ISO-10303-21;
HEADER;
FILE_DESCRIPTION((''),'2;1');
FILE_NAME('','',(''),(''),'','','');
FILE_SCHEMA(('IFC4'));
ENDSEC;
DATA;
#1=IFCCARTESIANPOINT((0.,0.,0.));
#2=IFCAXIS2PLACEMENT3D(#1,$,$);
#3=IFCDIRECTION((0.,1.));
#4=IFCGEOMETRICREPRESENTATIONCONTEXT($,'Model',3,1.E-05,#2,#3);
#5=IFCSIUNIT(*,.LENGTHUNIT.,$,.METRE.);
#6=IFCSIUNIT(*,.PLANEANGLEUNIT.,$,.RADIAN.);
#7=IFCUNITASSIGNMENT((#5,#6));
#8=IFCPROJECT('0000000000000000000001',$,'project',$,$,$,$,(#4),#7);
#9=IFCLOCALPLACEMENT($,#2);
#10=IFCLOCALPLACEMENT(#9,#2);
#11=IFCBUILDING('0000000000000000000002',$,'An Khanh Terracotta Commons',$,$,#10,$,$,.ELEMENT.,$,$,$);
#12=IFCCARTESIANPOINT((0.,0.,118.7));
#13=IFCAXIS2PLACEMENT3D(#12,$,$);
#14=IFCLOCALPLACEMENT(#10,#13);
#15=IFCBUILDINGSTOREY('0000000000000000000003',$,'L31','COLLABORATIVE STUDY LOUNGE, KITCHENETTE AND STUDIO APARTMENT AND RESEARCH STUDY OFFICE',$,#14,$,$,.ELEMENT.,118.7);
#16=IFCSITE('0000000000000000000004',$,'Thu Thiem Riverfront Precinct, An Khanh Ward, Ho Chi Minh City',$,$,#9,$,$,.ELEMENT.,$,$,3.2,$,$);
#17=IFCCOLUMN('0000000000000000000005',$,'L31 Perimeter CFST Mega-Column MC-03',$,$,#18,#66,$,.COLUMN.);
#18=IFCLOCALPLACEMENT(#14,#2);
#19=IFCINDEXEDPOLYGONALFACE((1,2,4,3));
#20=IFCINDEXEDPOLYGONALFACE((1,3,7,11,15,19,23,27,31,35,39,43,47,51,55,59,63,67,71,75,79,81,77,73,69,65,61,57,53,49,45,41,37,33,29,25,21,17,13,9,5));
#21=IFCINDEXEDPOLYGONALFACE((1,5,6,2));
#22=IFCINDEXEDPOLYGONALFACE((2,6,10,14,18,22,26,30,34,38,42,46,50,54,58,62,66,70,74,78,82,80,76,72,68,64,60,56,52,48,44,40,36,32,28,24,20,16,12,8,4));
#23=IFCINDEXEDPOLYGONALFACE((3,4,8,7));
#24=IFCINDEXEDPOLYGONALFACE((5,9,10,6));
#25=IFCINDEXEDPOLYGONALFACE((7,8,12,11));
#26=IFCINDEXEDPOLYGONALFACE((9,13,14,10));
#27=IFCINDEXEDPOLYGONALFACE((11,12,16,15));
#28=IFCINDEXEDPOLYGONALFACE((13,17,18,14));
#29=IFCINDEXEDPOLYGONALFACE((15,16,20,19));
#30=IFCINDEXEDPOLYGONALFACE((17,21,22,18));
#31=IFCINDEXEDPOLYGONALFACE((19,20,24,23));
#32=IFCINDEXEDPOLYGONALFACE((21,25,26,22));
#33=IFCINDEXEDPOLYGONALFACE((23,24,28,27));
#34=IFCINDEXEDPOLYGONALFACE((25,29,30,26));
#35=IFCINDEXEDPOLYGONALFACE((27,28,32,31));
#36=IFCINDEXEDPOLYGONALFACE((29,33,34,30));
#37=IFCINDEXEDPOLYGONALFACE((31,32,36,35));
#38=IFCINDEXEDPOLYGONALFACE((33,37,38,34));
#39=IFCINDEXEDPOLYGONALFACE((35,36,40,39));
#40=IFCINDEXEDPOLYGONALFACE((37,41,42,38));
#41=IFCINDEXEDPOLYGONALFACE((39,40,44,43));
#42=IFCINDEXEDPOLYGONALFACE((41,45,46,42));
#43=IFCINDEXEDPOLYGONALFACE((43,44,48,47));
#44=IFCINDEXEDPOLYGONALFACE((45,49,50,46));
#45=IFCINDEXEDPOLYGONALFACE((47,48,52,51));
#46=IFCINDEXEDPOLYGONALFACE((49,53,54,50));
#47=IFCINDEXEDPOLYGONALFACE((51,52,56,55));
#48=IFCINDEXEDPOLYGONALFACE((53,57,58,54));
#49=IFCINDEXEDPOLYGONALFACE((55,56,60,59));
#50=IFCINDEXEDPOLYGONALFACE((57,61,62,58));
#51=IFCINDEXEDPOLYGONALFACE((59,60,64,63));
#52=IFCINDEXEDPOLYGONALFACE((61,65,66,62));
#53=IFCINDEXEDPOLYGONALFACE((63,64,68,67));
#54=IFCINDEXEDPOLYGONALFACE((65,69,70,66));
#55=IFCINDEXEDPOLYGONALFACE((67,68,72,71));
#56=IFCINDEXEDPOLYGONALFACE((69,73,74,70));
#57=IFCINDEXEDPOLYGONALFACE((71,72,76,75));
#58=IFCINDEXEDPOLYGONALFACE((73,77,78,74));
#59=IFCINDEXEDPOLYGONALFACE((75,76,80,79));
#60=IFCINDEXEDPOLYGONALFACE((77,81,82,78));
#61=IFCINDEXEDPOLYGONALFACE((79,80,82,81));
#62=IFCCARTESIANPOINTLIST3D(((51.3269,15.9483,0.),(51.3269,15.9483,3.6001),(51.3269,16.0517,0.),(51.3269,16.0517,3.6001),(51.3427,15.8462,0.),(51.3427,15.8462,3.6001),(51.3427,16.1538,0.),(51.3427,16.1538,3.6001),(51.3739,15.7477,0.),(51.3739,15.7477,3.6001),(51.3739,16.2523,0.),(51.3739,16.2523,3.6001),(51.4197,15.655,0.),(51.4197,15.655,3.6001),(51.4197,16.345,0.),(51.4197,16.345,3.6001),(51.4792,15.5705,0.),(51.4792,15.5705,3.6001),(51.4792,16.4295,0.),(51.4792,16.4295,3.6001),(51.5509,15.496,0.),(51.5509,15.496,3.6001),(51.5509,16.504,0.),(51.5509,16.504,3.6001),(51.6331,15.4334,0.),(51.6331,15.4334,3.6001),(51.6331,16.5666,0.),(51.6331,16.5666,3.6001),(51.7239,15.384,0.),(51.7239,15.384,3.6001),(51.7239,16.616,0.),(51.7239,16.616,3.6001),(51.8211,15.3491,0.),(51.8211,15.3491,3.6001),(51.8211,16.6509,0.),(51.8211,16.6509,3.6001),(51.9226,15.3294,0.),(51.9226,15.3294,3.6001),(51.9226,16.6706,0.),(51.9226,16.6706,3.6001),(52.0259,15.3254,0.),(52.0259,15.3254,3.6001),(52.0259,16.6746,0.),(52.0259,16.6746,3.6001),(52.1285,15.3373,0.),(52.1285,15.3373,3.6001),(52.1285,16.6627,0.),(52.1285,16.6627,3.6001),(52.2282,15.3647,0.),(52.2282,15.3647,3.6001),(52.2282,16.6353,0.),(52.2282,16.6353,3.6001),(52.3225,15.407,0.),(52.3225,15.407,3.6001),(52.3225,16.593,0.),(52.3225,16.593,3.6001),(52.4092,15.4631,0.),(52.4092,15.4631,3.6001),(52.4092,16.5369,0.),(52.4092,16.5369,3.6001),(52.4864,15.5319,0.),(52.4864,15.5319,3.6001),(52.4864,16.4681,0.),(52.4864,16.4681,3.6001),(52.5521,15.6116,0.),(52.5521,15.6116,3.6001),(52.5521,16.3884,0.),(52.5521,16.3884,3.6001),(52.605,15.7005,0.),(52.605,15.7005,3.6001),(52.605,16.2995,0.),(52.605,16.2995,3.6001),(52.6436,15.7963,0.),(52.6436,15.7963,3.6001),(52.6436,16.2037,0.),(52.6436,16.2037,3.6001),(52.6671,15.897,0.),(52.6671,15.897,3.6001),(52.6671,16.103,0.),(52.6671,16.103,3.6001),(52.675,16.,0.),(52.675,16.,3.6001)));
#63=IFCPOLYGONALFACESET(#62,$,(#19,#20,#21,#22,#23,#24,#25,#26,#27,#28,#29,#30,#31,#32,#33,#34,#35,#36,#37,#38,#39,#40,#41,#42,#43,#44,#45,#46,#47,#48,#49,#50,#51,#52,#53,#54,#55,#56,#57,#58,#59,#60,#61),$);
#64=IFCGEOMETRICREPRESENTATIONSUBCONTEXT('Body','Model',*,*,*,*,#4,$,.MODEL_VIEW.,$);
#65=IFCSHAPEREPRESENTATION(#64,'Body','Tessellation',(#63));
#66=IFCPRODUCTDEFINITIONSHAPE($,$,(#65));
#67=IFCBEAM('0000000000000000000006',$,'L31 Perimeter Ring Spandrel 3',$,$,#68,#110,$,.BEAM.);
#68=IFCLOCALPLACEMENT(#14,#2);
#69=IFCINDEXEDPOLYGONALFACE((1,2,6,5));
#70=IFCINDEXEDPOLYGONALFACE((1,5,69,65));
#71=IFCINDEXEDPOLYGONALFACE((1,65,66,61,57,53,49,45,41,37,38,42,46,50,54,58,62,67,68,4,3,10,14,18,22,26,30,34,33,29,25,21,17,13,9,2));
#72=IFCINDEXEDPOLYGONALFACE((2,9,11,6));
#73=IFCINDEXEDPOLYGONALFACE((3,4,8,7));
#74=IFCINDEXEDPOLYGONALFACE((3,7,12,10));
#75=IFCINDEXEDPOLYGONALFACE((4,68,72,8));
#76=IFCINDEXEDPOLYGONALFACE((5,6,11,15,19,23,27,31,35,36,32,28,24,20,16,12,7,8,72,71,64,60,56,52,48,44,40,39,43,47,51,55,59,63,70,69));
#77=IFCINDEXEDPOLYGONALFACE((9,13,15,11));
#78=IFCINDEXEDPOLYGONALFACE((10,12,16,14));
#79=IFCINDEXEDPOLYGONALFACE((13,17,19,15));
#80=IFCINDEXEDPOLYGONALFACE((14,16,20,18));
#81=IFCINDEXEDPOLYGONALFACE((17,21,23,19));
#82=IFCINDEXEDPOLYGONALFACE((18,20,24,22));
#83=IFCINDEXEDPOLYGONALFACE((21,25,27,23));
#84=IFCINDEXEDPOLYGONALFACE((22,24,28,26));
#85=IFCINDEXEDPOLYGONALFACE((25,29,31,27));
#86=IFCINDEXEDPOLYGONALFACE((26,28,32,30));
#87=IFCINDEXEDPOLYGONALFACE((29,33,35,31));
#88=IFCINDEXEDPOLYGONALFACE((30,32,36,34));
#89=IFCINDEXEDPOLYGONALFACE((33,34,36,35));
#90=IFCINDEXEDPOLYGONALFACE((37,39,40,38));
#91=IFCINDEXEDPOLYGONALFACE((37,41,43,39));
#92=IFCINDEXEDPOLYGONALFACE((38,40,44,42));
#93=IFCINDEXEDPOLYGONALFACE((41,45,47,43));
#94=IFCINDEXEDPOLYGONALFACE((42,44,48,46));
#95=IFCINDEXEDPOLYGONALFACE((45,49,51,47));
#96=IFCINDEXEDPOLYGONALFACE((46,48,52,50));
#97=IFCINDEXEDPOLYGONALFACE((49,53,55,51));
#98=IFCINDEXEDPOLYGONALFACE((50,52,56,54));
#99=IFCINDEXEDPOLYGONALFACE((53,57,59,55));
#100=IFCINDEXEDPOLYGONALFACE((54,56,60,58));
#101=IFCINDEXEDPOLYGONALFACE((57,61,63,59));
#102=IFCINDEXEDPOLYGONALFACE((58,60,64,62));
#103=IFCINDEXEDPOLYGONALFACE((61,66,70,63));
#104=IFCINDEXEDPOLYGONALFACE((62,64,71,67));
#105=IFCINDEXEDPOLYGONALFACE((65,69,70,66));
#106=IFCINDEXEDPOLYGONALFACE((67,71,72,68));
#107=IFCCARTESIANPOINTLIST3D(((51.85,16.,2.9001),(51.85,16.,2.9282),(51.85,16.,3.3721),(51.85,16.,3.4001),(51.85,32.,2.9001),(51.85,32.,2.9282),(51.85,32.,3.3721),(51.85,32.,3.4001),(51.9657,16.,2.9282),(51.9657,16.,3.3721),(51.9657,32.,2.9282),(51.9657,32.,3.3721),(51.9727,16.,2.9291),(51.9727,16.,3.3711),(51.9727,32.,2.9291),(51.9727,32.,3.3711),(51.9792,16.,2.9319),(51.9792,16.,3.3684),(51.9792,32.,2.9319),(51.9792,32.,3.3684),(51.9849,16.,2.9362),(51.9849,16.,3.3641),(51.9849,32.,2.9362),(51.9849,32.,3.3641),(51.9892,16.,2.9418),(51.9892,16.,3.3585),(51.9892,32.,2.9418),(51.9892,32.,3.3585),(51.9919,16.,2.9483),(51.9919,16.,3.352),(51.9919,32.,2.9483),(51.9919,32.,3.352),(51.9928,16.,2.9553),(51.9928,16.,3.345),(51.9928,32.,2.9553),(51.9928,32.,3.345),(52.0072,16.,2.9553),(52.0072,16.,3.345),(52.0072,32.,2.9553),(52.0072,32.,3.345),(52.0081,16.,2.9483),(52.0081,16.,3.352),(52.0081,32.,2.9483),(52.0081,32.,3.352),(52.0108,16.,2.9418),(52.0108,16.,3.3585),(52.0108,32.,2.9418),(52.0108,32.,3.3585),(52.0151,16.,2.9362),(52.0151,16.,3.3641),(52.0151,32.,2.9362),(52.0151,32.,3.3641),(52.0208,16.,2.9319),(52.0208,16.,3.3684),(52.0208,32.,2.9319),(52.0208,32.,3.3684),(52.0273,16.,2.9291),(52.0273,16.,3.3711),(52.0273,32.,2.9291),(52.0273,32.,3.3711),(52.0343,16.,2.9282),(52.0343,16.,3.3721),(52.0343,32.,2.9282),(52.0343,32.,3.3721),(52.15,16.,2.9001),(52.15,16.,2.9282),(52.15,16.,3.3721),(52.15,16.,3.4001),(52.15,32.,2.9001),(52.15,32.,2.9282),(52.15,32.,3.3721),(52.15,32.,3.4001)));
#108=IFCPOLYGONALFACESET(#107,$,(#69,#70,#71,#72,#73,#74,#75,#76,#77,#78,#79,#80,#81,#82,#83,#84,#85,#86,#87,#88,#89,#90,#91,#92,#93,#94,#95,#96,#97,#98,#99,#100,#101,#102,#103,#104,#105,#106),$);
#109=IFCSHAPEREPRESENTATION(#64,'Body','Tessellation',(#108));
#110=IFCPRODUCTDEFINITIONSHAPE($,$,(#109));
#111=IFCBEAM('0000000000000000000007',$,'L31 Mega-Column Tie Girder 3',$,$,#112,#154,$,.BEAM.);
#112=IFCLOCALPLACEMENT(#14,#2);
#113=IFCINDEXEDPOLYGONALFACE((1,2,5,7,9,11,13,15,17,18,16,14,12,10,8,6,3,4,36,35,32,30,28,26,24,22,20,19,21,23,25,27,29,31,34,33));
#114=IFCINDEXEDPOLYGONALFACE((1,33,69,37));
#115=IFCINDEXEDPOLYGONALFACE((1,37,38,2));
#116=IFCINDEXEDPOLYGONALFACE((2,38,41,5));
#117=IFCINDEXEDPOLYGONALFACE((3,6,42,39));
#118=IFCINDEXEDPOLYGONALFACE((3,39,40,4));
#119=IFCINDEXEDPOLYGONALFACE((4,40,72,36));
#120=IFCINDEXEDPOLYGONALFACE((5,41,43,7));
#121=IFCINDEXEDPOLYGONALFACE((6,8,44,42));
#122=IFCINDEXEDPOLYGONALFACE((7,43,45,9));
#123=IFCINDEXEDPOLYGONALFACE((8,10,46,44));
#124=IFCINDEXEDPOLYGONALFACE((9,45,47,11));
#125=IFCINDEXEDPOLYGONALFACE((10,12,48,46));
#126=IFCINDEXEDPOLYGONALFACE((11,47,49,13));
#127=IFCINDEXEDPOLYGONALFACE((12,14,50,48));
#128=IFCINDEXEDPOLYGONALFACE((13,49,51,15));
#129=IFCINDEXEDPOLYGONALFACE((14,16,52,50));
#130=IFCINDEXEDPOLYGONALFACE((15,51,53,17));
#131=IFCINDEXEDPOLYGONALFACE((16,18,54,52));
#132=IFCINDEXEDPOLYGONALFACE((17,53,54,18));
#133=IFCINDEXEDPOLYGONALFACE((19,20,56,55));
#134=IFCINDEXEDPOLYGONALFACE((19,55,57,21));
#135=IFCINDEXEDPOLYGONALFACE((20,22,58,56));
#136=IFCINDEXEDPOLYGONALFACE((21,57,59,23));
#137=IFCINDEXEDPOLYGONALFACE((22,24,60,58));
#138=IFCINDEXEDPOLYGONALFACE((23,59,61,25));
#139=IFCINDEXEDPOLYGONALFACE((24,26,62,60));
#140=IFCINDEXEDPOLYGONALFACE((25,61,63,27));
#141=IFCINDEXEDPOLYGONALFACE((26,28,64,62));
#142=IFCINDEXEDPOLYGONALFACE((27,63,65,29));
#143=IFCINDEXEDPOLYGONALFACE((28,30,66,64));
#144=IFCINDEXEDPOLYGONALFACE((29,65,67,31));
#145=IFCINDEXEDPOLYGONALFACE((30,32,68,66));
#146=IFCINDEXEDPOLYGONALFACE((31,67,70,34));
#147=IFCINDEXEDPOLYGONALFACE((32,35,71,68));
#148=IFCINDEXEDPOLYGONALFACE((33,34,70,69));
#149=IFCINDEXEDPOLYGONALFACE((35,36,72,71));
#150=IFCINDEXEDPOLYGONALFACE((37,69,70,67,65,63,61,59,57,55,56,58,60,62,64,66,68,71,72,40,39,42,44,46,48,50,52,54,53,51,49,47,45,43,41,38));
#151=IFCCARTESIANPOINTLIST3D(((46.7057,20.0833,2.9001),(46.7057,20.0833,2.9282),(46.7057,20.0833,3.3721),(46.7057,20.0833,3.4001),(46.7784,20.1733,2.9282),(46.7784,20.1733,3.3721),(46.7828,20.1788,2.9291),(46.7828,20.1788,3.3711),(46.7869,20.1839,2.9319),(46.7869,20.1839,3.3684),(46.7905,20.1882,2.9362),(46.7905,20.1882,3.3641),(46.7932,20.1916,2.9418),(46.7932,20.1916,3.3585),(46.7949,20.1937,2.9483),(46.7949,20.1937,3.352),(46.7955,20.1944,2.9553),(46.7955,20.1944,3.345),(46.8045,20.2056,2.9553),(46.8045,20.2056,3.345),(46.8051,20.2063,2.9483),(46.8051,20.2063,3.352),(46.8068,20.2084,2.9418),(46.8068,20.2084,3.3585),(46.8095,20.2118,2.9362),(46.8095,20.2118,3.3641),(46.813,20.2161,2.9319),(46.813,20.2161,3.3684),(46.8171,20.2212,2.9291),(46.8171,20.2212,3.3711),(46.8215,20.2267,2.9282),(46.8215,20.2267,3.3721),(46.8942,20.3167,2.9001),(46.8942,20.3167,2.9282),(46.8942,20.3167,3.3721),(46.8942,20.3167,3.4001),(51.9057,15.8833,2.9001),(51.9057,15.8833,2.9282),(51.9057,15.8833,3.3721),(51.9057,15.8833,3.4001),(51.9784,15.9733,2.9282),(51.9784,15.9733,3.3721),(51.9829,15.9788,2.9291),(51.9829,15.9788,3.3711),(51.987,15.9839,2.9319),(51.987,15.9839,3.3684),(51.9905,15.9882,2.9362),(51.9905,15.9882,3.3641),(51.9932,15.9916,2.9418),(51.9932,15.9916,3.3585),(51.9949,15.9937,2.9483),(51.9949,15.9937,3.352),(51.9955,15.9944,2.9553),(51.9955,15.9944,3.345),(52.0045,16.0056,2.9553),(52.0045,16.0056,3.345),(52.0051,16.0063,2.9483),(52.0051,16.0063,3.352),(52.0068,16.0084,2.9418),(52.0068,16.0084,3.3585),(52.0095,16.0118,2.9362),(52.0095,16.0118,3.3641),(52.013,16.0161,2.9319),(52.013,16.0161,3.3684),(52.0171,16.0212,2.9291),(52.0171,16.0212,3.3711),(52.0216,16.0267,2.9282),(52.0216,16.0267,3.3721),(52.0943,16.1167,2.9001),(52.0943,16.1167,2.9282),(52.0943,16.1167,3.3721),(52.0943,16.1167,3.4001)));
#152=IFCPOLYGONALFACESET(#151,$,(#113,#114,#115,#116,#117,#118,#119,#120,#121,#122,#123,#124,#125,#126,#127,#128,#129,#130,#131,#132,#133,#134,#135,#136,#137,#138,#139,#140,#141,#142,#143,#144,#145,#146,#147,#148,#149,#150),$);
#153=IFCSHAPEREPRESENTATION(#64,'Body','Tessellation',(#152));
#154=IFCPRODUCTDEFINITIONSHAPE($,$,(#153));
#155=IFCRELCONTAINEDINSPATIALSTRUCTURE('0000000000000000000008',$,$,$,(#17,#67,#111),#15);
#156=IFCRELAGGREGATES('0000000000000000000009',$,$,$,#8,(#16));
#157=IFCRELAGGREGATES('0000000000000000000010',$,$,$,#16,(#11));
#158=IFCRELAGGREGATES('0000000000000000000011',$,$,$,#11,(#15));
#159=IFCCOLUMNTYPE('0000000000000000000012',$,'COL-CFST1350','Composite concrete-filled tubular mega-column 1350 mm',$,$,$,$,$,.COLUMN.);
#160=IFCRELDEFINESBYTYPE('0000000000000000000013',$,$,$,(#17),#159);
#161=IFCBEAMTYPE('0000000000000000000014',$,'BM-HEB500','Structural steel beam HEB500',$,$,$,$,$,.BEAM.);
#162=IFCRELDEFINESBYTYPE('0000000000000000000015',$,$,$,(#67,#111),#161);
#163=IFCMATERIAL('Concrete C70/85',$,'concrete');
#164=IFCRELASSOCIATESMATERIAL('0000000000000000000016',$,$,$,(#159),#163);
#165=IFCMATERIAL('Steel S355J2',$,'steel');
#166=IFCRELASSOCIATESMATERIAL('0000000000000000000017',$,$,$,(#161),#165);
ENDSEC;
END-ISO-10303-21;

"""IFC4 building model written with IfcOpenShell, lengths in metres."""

from ifc_helpers import new_model, si_unit, direction, frame, origin, origin_2d, place, context, subcontext, project, spatial, circle, i_section, extrude, material, material_profile, profile_set, type_object, element, save


model = new_model("IFC4")

# Units and contexts
model_context = context("Model", 3, precision=1e-05, world=origin(), true_north=direction((0.0, 1.0)))
body_context = subcontext(model_context, "Body", "Model", "MODEL_VIEW")
ifc_project = project(units=[si_unit("LENGTHUNIT", "METRE"), si_unit("PLANEANGLEUNIT", "RADIAN")], contexts=[model_context])

# Site, building, storey
site_placement = place(None, origin())
site = spatial("IfcSite", under=ifc_project, at=site_placement, Name="Thu Thiem Riverfront Precinct, An Khanh Ward, Ho Chi Minh City", CompositionType="ELEMENT", RefElevation=3.2)
building_placement = place(site_placement, origin())
building = spatial("IfcBuilding", under=site, at=building_placement, Name="An Khanh Terracotta Commons", CompositionType="ELEMENT")
storey_placement = place(building_placement, frame((0.0, 0.0, 118.7)))
storey = spatial("IfcBuildingStorey", under=building, at=storey_placement, Name="L31", Description="COLLABORATIVE STUDY LOUNGE, KITCHENETTE AND STUDIO APARTMENT AND RESEARCH STUDY OFFICE", CompositionType="ELEMENT", Elevation=118.7)

# Column
ifc_material_1 = material(Name="Concrete C70/85", Category="concrete")
ifc_material_profile_1 = material_profile(ifc_material_1, circle(Radius=0.675, at=origin_2d()), Name="CFST1350")
ifc_profile_set_1 = profile_set([ifc_material_profile_1], Name="Concrete C70/85")
column_type = type_object("IfcColumnType", Name="COL-CFST1350", Description="Composite concrete-filled tubular mega-column 1350 mm", PredefinedType="COLUMN", material=ifc_profile_set_1)
column_placement = place(storey_placement, frame((52.0, 16.0, 0.0), z_axis=(0.0, 0.0, 1.0), x_axis=(1.0, 0.0, 0.0)))
element("IfcColumn", 1, at=column_placement, inside=storey, type_object=column_type, Name="L31 Perimeter CFST Mega-Column MC-03", PredefinedType="COLUMN", context=body_context, shape_type="SweptSolid", body=[
    extrude(circle(Radius=0.675, at=origin_2d()), origin(), (0.0, 0.0, 1.0), 3.6001),
])

# Beams
ifc_material_2 = material(Name="Steel S355J2", Category="steel")
ifc_material_profile_2 = material_profile(ifc_material_2, i_section(OverallWidth=0.3, OverallDepth=0.5, WebThickness=0.0144, FlangeThickness=0.0281, FilletRadius=0.0271, at=origin_2d()), Name="HEB500")
ifc_profile_set_2 = profile_set([ifc_material_profile_2], Name="Steel S355J2")
beam_type = type_object("IfcBeamType", Name="BM-HEB500", Description="Structural steel beam HEB500", PredefinedType="BEAM", material=ifc_profile_set_2)
beam_1_placement = place(storey_placement, frame((52.0, 16.0, 3.1501), z_axis=(0.0, 1.0, 0.0), x_axis=(-1.0, 0.0, 0.0)))
element("IfcBeam", 2, at=beam_1_placement, inside=storey, type_object=beam_type, Name="L31 Perimeter Ring Spandrel 3", PredefinedType="BEAM", context=body_context, shape_type="SweptSolid", body=[
    extrude(i_section(OverallWidth=0.3, OverallDepth=0.5, WebThickness=0.0144, FlangeThickness=0.0281, FilletRadius=0.0271, at=origin_2d()), origin(), (0.0, 0.0, 1.0), 16.0),
])
beam_2_placement = place(storey_placement, frame((52.0, 16.0, 3.1501), z_axis=(-0.777942, 0.628336, 0.0), x_axis=(-0.628336, -0.777942, 0.0)))
element("IfcBeam", 3, at=beam_2_placement, inside=storey, type_object=beam_type, Name="L31 Mega-Column Tie Girder 3", PredefinedType="BEAM", context=body_context, shape_type="SweptSolid", body=[
    extrude(i_section(OverallWidth=0.3, OverallDepth=0.5, WebThickness=0.0144, FlangeThickness=0.0281, FilletRadius=0.0271, at=origin_2d()), origin(), (0.0, 0.0, 1.0), 6.6843),
])

save(model, "model.ifc")
